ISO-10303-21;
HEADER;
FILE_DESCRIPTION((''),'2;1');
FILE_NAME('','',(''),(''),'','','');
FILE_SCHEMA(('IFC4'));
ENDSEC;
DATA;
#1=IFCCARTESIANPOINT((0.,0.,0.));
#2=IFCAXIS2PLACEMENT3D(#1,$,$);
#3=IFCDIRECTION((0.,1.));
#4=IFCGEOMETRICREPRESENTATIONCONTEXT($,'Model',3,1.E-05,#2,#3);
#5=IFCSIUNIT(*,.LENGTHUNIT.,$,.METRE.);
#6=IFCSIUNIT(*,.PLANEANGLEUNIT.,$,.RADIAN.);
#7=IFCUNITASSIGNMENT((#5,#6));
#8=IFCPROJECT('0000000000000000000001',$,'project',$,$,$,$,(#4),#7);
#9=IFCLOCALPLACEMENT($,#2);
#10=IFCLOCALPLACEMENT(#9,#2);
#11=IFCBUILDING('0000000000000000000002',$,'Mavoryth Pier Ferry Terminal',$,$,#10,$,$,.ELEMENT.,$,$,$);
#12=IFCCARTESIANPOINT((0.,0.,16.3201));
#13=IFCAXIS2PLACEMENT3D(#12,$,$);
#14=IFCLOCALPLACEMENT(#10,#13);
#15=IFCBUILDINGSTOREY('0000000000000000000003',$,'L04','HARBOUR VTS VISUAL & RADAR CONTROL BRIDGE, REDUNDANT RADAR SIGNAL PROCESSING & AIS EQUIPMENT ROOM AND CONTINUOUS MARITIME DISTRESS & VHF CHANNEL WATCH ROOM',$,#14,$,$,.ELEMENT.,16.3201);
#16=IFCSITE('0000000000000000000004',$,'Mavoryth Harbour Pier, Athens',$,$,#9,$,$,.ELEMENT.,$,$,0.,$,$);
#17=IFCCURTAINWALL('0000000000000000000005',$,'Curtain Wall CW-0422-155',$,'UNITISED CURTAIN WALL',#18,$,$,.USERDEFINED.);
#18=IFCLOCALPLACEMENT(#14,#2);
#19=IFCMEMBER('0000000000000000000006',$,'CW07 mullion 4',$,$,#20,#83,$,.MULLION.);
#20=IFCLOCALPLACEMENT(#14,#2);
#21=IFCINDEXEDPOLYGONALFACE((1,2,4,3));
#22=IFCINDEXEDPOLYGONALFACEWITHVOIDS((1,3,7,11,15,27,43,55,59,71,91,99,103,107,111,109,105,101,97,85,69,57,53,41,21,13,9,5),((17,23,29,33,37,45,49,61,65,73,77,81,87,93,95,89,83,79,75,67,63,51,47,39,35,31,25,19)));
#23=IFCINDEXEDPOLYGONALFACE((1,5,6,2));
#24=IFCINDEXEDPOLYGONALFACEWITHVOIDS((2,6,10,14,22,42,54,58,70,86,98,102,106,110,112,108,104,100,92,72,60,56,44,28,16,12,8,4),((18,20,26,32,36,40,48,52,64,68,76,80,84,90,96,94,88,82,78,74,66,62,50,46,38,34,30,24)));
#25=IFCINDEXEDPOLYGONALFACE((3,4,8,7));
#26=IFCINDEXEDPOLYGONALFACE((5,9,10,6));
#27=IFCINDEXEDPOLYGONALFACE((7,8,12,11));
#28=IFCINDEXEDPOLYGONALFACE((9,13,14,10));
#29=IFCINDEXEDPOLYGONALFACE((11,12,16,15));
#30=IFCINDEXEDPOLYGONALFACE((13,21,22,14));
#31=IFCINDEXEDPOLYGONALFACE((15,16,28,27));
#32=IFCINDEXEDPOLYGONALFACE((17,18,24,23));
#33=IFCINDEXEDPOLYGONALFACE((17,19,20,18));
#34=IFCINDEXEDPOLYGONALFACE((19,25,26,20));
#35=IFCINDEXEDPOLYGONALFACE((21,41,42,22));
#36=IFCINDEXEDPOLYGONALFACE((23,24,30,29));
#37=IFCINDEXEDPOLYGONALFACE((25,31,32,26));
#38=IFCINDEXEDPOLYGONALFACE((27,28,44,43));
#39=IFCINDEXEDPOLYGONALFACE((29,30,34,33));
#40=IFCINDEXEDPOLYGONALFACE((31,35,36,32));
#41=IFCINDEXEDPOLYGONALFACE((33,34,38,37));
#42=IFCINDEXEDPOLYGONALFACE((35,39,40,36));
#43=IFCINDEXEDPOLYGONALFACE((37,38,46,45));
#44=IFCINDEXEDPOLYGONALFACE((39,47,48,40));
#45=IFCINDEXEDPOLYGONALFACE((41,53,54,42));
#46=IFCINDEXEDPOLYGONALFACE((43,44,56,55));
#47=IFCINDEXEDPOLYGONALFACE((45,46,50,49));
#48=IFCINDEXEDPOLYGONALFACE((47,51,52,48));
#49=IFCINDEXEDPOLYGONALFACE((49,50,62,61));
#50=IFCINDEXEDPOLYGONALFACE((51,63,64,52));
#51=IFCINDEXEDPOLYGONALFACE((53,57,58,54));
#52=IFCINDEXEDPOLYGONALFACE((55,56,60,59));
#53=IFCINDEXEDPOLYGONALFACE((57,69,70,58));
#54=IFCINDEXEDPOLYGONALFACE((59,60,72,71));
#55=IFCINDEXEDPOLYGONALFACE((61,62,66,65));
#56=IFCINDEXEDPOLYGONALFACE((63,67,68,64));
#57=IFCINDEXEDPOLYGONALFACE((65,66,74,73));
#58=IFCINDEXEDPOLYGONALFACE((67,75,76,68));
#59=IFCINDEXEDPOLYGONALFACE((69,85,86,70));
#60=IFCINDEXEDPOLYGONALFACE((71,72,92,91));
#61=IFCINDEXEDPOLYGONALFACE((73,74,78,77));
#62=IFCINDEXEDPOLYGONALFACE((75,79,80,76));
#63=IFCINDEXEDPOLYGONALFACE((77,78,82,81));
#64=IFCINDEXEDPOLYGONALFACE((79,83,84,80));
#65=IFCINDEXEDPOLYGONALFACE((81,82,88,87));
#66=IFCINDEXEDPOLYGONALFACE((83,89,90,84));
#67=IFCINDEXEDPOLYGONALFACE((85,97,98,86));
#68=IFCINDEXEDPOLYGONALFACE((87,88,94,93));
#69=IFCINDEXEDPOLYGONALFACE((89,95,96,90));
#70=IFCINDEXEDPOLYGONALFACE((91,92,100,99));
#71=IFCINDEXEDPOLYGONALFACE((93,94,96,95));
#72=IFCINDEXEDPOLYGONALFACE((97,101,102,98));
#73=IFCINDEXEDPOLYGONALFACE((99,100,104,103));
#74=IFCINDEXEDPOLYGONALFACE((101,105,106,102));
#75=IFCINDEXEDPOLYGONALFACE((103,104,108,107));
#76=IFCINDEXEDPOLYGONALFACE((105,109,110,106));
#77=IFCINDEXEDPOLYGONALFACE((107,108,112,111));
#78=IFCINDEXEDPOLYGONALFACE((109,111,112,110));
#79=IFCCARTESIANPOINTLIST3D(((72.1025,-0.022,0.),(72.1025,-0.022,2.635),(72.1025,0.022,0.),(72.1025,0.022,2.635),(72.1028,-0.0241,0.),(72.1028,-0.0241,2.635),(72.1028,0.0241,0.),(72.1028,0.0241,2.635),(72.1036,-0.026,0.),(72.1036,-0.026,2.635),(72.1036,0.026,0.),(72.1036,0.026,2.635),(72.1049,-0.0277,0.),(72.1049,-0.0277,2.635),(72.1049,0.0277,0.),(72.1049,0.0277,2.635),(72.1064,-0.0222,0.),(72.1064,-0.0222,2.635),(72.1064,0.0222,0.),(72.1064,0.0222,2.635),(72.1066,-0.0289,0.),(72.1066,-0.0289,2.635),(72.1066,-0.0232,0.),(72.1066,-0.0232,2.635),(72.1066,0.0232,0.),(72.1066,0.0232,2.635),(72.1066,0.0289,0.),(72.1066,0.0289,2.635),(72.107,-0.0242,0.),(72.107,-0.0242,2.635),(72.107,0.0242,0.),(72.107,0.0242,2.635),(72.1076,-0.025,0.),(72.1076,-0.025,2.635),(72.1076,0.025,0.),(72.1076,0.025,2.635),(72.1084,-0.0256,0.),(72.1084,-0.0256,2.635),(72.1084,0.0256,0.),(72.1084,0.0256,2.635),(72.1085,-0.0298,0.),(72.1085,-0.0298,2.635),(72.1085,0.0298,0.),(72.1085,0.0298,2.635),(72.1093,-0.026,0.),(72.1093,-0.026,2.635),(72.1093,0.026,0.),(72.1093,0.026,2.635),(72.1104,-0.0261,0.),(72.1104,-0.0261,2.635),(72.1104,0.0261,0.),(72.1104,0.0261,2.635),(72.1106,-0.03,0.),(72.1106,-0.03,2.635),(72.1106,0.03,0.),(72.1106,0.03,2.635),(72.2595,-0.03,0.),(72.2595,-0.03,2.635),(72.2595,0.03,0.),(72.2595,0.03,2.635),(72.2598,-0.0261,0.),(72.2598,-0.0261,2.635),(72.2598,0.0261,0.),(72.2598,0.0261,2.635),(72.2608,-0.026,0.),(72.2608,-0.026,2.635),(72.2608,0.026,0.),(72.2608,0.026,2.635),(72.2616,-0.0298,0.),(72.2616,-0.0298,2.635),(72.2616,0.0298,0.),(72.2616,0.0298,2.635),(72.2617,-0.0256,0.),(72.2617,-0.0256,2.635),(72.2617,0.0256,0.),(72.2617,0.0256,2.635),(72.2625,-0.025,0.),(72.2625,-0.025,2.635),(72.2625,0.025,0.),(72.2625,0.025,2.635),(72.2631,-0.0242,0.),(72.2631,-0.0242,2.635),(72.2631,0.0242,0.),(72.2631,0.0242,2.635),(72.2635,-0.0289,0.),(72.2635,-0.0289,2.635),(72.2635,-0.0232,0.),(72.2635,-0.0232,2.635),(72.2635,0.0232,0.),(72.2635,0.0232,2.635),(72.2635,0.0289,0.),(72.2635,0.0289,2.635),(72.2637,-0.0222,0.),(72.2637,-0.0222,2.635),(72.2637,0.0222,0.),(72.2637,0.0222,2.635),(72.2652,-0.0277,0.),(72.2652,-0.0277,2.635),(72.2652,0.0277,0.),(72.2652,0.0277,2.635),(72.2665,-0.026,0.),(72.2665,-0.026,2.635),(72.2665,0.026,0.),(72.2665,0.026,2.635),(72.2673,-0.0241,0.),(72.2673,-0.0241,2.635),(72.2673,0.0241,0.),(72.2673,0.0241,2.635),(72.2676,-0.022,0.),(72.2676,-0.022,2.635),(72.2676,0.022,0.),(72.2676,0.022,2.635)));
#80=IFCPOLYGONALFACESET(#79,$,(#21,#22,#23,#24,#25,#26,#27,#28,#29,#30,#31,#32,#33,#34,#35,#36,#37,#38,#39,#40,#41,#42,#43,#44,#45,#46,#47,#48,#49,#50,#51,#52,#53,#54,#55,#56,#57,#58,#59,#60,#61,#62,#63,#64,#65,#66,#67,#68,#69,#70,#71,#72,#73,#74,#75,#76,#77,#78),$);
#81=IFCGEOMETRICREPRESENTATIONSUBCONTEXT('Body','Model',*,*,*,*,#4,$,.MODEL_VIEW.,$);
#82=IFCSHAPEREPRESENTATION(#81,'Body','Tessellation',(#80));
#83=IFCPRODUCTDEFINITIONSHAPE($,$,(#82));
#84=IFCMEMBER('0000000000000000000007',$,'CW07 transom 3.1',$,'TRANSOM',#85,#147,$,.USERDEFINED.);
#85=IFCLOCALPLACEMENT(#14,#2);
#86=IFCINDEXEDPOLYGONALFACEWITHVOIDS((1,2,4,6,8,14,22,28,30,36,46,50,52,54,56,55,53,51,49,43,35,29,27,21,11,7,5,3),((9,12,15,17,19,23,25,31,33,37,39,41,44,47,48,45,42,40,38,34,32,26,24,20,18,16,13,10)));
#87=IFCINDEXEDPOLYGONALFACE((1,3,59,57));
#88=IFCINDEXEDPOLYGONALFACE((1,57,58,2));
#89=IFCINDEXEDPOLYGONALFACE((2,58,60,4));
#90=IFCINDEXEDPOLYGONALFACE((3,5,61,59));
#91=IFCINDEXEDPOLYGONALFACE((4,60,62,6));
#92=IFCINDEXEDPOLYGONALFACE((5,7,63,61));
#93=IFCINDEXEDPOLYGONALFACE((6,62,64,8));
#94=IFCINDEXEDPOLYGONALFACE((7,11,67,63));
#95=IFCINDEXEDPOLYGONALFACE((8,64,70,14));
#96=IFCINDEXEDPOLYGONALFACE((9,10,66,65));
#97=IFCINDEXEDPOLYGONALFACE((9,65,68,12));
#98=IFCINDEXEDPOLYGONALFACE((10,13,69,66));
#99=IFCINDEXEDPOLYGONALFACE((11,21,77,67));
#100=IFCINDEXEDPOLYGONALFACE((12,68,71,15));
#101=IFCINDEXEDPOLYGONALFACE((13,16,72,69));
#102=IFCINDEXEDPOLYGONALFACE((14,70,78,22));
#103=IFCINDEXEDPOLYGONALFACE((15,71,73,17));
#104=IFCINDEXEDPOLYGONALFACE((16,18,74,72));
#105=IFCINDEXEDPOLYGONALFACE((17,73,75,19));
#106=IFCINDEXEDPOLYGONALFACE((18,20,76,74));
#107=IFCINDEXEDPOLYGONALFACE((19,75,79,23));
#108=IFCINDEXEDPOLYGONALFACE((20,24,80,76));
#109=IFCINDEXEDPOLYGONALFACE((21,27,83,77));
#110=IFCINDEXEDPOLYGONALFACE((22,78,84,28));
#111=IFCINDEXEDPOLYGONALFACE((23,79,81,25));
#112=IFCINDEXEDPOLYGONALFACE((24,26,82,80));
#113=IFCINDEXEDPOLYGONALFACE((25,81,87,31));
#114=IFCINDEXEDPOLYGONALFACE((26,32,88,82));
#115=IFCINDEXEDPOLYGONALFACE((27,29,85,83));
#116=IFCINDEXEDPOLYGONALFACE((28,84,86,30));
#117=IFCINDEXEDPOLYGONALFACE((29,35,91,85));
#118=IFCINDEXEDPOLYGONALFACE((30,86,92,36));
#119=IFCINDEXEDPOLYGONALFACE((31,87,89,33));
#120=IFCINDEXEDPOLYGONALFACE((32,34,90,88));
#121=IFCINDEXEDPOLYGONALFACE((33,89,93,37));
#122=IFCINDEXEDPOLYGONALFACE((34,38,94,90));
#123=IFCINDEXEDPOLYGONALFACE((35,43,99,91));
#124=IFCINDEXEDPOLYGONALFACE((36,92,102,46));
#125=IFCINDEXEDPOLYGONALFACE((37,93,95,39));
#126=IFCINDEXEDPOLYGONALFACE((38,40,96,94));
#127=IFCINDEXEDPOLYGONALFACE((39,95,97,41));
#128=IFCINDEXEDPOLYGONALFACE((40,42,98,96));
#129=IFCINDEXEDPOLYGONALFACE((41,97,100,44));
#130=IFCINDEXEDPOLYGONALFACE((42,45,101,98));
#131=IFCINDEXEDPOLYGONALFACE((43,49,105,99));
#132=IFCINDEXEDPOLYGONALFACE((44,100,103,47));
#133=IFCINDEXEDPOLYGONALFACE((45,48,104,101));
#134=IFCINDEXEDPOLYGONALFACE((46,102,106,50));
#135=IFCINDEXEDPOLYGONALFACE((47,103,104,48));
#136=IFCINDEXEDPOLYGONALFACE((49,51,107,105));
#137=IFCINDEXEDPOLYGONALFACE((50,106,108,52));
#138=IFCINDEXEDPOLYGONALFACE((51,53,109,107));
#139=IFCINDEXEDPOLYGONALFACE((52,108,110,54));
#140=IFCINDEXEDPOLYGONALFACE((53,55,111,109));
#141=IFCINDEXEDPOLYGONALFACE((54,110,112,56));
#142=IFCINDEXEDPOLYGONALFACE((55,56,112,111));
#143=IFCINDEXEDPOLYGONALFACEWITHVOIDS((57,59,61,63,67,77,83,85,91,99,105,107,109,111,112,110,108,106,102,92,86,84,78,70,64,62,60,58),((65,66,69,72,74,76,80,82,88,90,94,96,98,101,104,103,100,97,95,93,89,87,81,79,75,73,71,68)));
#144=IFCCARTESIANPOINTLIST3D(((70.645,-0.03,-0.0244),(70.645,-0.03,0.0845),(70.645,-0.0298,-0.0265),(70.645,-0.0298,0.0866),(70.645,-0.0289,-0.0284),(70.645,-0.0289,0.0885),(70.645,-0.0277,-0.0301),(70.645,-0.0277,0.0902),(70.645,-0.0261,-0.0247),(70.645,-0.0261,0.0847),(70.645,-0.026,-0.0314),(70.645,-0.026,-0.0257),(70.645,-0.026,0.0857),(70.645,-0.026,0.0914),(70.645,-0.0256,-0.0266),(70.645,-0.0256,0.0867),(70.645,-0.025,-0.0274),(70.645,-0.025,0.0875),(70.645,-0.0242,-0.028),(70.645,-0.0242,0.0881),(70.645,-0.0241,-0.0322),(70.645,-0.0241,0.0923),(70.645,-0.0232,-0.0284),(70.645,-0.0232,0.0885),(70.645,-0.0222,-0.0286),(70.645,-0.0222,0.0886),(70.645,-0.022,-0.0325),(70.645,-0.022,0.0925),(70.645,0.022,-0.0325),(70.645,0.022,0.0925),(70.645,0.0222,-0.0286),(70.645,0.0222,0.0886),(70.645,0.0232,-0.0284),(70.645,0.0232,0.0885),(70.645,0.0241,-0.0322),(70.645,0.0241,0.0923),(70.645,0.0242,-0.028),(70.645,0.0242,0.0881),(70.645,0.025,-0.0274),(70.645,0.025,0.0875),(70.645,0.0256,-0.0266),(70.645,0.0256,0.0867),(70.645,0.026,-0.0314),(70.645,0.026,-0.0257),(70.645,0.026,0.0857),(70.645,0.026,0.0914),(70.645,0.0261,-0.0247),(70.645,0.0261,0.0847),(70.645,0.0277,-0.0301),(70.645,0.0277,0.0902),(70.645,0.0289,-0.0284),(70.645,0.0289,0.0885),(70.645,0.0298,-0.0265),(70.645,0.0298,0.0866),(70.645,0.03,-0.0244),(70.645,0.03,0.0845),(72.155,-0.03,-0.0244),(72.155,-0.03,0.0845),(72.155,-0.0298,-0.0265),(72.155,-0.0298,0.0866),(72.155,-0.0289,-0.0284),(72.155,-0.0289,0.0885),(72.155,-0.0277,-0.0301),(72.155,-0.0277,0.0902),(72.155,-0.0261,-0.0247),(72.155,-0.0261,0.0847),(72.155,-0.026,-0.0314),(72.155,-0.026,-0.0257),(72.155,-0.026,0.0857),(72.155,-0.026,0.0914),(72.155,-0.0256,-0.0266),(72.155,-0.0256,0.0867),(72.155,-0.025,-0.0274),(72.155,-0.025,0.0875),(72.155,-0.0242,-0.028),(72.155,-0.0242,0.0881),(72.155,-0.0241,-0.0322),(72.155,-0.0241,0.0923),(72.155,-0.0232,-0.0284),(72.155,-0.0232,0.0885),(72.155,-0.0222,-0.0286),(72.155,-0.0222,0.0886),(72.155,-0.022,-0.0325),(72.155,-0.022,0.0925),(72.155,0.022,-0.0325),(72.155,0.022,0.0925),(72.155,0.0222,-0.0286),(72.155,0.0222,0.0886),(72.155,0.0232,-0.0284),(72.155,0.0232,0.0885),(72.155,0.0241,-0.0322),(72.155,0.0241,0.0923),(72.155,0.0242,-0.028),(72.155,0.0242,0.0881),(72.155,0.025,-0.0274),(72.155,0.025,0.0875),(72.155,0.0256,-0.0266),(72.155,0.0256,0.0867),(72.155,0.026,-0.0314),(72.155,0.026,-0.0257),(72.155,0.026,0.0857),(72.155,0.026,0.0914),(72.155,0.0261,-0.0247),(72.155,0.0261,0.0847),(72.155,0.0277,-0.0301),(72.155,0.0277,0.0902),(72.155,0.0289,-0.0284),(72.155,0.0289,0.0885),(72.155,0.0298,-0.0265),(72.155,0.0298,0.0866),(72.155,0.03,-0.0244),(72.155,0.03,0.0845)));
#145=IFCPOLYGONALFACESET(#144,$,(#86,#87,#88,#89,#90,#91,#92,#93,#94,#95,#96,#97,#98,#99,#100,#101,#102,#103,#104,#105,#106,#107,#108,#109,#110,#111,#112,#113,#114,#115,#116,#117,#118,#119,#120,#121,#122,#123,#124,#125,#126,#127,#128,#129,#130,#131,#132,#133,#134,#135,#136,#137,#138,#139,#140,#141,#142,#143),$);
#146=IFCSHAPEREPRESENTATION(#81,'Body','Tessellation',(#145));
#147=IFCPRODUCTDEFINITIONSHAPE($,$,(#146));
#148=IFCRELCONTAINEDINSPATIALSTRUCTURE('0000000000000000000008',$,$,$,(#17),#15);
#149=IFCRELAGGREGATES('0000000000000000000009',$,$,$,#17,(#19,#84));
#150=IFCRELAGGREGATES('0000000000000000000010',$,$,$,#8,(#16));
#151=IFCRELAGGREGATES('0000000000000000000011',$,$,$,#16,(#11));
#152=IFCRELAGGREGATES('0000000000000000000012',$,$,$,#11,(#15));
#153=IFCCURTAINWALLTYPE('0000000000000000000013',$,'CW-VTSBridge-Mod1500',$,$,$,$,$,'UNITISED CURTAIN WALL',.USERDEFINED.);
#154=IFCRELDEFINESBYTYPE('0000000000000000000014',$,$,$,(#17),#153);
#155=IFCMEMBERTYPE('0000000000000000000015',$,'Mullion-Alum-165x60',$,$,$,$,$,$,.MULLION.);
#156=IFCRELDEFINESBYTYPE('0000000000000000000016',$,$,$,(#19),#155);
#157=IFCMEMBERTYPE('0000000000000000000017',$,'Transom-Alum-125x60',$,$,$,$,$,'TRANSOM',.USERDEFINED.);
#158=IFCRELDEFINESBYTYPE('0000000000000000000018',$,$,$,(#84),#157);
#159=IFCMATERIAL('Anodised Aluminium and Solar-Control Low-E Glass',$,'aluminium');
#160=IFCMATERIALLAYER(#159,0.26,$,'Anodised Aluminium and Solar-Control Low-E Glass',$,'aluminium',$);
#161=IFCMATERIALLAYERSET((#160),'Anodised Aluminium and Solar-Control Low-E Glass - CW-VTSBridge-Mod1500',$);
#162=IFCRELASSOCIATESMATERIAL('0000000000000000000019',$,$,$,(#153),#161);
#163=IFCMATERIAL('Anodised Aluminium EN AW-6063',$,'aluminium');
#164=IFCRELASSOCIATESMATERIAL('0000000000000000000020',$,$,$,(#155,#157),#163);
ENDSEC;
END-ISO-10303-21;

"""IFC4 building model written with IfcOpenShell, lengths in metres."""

from ifc_helpers import new_model, si_unit, direction, frame, origin, origin_2d, place, context, subcontext, project, spatial, hollow_rectangle, extrude, material, layer, layer_set, material_profile, profile_set, type_object, element, aggregate, save


model = new_model("IFC4")

# Units and contexts
model_context = context("Model", 3, precision=1e-05, world=origin(), true_north=direction((0.0, 1.0)))
body_context = subcontext(model_context, "Body", "Model", "MODEL_VIEW")
ifc_project = project(units=[si_unit("LENGTHUNIT", "METRE"), si_unit("PLANEANGLEUNIT", "RADIAN")], contexts=[model_context])

# Site, building, storey
site_placement = place(None, origin())
site = spatial("IfcSite", under=ifc_project, at=site_placement, Name="Mavoryth Harbour Pier, Athens", CompositionType="ELEMENT", RefElevation=0.0)
building_placement = place(site_placement, origin())
building = spatial("IfcBuilding", under=site, at=building_placement, Name="Mavoryth Pier Ferry Terminal", CompositionType="ELEMENT")
storey_placement = place(building_placement, frame((0.0, 0.0, 16.3201)))
storey = spatial("IfcBuildingStorey", under=building, at=storey_placement, Name="L04", Description="HARBOUR VTS VISUAL & RADAR CONTROL BRIDGE, REDUNDANT RADAR SIGNAL PROCESSING & AIS EQUIPMENT ROOM AND CONTINUOUS MARITIME DISTRESS & VHF CHANNEL WATCH ROOM", CompositionType="ELEMENT", Elevation=16.3201)

# Curtain wall, members
ifc_material_1 = material(Name="Anodised Aluminium and Solar-Control Low-E Glass", Category="aluminium")
ifc_layer_1 = layer(ifc_material_1, 0.26, Name="Anodised Aluminium and Solar-Control Low-E Glass", Category="aluminium")
ifc_layer_set_1 = layer_set([ifc_layer_1], Name="Anodised Aluminium and Solar-Control Low-E Glass - CW-VTSBridge-Mod1500")
curtain_wall_type = type_object("IfcCurtainWallType", Name="CW-VTSBridge-Mod1500", ElementType="UNITISED CURTAIN WALL", PredefinedType="USERDEFINED", material=ifc_layer_set_1)
curtain_wall_placement = place(storey_placement, origin())
curtain_wall = element("IfcCurtainWall", 1, at=curtain_wall_placement, inside=storey, type_object=curtain_wall_type, Name="Curtain Wall CW-0422-155", ObjectType="UNITISED CURTAIN WALL", PredefinedType="USERDEFINED")
ifc_material_2 = material(Name="Anodised Aluminium EN AW-6063", Category="aluminium")
ifc_material_profile_1 = material_profile(ifc_material_2, hollow_rectangle(XDim=0.0601, YDim=0.165, WallThickness=0.0039, InnerFilletRadius=0.0039, OuterFilletRadius=0.0081, at=origin_2d()), Name="AL-MULL 165x60x4", Category="aluminium")
ifc_profile_set_1 = profile_set([ifc_material_profile_1], Name="Anodised Aluminium EN AW-6063 - AL-MULL 165x60x4")
member_type_1 = type_object("IfcMemberType", Name="Mullion-Alum-165x60", PredefinedType="MULLION", material=ifc_profile_set_1)
member_1_placement = place(storey_placement, frame((72.1851, 0.0, 0.0), z_axis=(0.0, 0.0, 1.0), x_axis=(0.0, 1.0, 0.0)))
member_1 = element("IfcMember", 2, at=member_1_placement, type_object=member_type_1, Name="CW07 mullion 4", PredefinedType="MULLION", context=body_context, shape_type="SweptSolid", body=[
    extrude(hollow_rectangle(XDim=0.0601, YDim=0.165, WallThickness=0.0039, InnerFilletRadius=0.0039, OuterFilletRadius=0.0081, at=origin_2d()), origin(), (0.0, 0.0, 1.0), 2.635),
])
ifc_material_profile_2 = material_profile(ifc_material_2, hollow_rectangle(XDim=0.0601, YDim=0.125, WallThickness=0.0039, InnerFilletRadius=0.0039, OuterFilletRadius=0.0081, at=origin_2d()), Name="AL-TRAN 125x60x4", Category="aluminium")
ifc_profile_set_2 = profile_set([ifc_material_profile_2], Name="Anodised Aluminium EN AW-6063 - AL-TRAN 125x60x4")
member_type_2 = type_object("IfcMemberType", Name="Transom-Alum-125x60", ElementType="TRANSOM", PredefinedType="USERDEFINED", material=ifc_profile_set_2)
member_2_placement = place(storey_placement, frame((70.645, 0.0, 0.03), z_axis=(1.0, 0.0, 0.0), x_axis=(0.0, 1.0, 0.0)))
member_2 = element("IfcMember", 3, at=member_2_placement, type_object=member_type_2, Name="CW07 transom 3.1", ObjectType="TRANSOM", PredefinedType="USERDEFINED", context=body_context, shape_type="SweptSolid", body=[
    extrude(hollow_rectangle(XDim=0.0601, YDim=0.125, WallThickness=0.0039, InnerFilletRadius=0.0039, OuterFilletRadius=0.0081, at=origin_2d()), origin(), (0.0, 0.0, 1.0), 1.51),
])
aggregate(curtain_wall, [member_1, member_2])

save(model, "model.ifc")
